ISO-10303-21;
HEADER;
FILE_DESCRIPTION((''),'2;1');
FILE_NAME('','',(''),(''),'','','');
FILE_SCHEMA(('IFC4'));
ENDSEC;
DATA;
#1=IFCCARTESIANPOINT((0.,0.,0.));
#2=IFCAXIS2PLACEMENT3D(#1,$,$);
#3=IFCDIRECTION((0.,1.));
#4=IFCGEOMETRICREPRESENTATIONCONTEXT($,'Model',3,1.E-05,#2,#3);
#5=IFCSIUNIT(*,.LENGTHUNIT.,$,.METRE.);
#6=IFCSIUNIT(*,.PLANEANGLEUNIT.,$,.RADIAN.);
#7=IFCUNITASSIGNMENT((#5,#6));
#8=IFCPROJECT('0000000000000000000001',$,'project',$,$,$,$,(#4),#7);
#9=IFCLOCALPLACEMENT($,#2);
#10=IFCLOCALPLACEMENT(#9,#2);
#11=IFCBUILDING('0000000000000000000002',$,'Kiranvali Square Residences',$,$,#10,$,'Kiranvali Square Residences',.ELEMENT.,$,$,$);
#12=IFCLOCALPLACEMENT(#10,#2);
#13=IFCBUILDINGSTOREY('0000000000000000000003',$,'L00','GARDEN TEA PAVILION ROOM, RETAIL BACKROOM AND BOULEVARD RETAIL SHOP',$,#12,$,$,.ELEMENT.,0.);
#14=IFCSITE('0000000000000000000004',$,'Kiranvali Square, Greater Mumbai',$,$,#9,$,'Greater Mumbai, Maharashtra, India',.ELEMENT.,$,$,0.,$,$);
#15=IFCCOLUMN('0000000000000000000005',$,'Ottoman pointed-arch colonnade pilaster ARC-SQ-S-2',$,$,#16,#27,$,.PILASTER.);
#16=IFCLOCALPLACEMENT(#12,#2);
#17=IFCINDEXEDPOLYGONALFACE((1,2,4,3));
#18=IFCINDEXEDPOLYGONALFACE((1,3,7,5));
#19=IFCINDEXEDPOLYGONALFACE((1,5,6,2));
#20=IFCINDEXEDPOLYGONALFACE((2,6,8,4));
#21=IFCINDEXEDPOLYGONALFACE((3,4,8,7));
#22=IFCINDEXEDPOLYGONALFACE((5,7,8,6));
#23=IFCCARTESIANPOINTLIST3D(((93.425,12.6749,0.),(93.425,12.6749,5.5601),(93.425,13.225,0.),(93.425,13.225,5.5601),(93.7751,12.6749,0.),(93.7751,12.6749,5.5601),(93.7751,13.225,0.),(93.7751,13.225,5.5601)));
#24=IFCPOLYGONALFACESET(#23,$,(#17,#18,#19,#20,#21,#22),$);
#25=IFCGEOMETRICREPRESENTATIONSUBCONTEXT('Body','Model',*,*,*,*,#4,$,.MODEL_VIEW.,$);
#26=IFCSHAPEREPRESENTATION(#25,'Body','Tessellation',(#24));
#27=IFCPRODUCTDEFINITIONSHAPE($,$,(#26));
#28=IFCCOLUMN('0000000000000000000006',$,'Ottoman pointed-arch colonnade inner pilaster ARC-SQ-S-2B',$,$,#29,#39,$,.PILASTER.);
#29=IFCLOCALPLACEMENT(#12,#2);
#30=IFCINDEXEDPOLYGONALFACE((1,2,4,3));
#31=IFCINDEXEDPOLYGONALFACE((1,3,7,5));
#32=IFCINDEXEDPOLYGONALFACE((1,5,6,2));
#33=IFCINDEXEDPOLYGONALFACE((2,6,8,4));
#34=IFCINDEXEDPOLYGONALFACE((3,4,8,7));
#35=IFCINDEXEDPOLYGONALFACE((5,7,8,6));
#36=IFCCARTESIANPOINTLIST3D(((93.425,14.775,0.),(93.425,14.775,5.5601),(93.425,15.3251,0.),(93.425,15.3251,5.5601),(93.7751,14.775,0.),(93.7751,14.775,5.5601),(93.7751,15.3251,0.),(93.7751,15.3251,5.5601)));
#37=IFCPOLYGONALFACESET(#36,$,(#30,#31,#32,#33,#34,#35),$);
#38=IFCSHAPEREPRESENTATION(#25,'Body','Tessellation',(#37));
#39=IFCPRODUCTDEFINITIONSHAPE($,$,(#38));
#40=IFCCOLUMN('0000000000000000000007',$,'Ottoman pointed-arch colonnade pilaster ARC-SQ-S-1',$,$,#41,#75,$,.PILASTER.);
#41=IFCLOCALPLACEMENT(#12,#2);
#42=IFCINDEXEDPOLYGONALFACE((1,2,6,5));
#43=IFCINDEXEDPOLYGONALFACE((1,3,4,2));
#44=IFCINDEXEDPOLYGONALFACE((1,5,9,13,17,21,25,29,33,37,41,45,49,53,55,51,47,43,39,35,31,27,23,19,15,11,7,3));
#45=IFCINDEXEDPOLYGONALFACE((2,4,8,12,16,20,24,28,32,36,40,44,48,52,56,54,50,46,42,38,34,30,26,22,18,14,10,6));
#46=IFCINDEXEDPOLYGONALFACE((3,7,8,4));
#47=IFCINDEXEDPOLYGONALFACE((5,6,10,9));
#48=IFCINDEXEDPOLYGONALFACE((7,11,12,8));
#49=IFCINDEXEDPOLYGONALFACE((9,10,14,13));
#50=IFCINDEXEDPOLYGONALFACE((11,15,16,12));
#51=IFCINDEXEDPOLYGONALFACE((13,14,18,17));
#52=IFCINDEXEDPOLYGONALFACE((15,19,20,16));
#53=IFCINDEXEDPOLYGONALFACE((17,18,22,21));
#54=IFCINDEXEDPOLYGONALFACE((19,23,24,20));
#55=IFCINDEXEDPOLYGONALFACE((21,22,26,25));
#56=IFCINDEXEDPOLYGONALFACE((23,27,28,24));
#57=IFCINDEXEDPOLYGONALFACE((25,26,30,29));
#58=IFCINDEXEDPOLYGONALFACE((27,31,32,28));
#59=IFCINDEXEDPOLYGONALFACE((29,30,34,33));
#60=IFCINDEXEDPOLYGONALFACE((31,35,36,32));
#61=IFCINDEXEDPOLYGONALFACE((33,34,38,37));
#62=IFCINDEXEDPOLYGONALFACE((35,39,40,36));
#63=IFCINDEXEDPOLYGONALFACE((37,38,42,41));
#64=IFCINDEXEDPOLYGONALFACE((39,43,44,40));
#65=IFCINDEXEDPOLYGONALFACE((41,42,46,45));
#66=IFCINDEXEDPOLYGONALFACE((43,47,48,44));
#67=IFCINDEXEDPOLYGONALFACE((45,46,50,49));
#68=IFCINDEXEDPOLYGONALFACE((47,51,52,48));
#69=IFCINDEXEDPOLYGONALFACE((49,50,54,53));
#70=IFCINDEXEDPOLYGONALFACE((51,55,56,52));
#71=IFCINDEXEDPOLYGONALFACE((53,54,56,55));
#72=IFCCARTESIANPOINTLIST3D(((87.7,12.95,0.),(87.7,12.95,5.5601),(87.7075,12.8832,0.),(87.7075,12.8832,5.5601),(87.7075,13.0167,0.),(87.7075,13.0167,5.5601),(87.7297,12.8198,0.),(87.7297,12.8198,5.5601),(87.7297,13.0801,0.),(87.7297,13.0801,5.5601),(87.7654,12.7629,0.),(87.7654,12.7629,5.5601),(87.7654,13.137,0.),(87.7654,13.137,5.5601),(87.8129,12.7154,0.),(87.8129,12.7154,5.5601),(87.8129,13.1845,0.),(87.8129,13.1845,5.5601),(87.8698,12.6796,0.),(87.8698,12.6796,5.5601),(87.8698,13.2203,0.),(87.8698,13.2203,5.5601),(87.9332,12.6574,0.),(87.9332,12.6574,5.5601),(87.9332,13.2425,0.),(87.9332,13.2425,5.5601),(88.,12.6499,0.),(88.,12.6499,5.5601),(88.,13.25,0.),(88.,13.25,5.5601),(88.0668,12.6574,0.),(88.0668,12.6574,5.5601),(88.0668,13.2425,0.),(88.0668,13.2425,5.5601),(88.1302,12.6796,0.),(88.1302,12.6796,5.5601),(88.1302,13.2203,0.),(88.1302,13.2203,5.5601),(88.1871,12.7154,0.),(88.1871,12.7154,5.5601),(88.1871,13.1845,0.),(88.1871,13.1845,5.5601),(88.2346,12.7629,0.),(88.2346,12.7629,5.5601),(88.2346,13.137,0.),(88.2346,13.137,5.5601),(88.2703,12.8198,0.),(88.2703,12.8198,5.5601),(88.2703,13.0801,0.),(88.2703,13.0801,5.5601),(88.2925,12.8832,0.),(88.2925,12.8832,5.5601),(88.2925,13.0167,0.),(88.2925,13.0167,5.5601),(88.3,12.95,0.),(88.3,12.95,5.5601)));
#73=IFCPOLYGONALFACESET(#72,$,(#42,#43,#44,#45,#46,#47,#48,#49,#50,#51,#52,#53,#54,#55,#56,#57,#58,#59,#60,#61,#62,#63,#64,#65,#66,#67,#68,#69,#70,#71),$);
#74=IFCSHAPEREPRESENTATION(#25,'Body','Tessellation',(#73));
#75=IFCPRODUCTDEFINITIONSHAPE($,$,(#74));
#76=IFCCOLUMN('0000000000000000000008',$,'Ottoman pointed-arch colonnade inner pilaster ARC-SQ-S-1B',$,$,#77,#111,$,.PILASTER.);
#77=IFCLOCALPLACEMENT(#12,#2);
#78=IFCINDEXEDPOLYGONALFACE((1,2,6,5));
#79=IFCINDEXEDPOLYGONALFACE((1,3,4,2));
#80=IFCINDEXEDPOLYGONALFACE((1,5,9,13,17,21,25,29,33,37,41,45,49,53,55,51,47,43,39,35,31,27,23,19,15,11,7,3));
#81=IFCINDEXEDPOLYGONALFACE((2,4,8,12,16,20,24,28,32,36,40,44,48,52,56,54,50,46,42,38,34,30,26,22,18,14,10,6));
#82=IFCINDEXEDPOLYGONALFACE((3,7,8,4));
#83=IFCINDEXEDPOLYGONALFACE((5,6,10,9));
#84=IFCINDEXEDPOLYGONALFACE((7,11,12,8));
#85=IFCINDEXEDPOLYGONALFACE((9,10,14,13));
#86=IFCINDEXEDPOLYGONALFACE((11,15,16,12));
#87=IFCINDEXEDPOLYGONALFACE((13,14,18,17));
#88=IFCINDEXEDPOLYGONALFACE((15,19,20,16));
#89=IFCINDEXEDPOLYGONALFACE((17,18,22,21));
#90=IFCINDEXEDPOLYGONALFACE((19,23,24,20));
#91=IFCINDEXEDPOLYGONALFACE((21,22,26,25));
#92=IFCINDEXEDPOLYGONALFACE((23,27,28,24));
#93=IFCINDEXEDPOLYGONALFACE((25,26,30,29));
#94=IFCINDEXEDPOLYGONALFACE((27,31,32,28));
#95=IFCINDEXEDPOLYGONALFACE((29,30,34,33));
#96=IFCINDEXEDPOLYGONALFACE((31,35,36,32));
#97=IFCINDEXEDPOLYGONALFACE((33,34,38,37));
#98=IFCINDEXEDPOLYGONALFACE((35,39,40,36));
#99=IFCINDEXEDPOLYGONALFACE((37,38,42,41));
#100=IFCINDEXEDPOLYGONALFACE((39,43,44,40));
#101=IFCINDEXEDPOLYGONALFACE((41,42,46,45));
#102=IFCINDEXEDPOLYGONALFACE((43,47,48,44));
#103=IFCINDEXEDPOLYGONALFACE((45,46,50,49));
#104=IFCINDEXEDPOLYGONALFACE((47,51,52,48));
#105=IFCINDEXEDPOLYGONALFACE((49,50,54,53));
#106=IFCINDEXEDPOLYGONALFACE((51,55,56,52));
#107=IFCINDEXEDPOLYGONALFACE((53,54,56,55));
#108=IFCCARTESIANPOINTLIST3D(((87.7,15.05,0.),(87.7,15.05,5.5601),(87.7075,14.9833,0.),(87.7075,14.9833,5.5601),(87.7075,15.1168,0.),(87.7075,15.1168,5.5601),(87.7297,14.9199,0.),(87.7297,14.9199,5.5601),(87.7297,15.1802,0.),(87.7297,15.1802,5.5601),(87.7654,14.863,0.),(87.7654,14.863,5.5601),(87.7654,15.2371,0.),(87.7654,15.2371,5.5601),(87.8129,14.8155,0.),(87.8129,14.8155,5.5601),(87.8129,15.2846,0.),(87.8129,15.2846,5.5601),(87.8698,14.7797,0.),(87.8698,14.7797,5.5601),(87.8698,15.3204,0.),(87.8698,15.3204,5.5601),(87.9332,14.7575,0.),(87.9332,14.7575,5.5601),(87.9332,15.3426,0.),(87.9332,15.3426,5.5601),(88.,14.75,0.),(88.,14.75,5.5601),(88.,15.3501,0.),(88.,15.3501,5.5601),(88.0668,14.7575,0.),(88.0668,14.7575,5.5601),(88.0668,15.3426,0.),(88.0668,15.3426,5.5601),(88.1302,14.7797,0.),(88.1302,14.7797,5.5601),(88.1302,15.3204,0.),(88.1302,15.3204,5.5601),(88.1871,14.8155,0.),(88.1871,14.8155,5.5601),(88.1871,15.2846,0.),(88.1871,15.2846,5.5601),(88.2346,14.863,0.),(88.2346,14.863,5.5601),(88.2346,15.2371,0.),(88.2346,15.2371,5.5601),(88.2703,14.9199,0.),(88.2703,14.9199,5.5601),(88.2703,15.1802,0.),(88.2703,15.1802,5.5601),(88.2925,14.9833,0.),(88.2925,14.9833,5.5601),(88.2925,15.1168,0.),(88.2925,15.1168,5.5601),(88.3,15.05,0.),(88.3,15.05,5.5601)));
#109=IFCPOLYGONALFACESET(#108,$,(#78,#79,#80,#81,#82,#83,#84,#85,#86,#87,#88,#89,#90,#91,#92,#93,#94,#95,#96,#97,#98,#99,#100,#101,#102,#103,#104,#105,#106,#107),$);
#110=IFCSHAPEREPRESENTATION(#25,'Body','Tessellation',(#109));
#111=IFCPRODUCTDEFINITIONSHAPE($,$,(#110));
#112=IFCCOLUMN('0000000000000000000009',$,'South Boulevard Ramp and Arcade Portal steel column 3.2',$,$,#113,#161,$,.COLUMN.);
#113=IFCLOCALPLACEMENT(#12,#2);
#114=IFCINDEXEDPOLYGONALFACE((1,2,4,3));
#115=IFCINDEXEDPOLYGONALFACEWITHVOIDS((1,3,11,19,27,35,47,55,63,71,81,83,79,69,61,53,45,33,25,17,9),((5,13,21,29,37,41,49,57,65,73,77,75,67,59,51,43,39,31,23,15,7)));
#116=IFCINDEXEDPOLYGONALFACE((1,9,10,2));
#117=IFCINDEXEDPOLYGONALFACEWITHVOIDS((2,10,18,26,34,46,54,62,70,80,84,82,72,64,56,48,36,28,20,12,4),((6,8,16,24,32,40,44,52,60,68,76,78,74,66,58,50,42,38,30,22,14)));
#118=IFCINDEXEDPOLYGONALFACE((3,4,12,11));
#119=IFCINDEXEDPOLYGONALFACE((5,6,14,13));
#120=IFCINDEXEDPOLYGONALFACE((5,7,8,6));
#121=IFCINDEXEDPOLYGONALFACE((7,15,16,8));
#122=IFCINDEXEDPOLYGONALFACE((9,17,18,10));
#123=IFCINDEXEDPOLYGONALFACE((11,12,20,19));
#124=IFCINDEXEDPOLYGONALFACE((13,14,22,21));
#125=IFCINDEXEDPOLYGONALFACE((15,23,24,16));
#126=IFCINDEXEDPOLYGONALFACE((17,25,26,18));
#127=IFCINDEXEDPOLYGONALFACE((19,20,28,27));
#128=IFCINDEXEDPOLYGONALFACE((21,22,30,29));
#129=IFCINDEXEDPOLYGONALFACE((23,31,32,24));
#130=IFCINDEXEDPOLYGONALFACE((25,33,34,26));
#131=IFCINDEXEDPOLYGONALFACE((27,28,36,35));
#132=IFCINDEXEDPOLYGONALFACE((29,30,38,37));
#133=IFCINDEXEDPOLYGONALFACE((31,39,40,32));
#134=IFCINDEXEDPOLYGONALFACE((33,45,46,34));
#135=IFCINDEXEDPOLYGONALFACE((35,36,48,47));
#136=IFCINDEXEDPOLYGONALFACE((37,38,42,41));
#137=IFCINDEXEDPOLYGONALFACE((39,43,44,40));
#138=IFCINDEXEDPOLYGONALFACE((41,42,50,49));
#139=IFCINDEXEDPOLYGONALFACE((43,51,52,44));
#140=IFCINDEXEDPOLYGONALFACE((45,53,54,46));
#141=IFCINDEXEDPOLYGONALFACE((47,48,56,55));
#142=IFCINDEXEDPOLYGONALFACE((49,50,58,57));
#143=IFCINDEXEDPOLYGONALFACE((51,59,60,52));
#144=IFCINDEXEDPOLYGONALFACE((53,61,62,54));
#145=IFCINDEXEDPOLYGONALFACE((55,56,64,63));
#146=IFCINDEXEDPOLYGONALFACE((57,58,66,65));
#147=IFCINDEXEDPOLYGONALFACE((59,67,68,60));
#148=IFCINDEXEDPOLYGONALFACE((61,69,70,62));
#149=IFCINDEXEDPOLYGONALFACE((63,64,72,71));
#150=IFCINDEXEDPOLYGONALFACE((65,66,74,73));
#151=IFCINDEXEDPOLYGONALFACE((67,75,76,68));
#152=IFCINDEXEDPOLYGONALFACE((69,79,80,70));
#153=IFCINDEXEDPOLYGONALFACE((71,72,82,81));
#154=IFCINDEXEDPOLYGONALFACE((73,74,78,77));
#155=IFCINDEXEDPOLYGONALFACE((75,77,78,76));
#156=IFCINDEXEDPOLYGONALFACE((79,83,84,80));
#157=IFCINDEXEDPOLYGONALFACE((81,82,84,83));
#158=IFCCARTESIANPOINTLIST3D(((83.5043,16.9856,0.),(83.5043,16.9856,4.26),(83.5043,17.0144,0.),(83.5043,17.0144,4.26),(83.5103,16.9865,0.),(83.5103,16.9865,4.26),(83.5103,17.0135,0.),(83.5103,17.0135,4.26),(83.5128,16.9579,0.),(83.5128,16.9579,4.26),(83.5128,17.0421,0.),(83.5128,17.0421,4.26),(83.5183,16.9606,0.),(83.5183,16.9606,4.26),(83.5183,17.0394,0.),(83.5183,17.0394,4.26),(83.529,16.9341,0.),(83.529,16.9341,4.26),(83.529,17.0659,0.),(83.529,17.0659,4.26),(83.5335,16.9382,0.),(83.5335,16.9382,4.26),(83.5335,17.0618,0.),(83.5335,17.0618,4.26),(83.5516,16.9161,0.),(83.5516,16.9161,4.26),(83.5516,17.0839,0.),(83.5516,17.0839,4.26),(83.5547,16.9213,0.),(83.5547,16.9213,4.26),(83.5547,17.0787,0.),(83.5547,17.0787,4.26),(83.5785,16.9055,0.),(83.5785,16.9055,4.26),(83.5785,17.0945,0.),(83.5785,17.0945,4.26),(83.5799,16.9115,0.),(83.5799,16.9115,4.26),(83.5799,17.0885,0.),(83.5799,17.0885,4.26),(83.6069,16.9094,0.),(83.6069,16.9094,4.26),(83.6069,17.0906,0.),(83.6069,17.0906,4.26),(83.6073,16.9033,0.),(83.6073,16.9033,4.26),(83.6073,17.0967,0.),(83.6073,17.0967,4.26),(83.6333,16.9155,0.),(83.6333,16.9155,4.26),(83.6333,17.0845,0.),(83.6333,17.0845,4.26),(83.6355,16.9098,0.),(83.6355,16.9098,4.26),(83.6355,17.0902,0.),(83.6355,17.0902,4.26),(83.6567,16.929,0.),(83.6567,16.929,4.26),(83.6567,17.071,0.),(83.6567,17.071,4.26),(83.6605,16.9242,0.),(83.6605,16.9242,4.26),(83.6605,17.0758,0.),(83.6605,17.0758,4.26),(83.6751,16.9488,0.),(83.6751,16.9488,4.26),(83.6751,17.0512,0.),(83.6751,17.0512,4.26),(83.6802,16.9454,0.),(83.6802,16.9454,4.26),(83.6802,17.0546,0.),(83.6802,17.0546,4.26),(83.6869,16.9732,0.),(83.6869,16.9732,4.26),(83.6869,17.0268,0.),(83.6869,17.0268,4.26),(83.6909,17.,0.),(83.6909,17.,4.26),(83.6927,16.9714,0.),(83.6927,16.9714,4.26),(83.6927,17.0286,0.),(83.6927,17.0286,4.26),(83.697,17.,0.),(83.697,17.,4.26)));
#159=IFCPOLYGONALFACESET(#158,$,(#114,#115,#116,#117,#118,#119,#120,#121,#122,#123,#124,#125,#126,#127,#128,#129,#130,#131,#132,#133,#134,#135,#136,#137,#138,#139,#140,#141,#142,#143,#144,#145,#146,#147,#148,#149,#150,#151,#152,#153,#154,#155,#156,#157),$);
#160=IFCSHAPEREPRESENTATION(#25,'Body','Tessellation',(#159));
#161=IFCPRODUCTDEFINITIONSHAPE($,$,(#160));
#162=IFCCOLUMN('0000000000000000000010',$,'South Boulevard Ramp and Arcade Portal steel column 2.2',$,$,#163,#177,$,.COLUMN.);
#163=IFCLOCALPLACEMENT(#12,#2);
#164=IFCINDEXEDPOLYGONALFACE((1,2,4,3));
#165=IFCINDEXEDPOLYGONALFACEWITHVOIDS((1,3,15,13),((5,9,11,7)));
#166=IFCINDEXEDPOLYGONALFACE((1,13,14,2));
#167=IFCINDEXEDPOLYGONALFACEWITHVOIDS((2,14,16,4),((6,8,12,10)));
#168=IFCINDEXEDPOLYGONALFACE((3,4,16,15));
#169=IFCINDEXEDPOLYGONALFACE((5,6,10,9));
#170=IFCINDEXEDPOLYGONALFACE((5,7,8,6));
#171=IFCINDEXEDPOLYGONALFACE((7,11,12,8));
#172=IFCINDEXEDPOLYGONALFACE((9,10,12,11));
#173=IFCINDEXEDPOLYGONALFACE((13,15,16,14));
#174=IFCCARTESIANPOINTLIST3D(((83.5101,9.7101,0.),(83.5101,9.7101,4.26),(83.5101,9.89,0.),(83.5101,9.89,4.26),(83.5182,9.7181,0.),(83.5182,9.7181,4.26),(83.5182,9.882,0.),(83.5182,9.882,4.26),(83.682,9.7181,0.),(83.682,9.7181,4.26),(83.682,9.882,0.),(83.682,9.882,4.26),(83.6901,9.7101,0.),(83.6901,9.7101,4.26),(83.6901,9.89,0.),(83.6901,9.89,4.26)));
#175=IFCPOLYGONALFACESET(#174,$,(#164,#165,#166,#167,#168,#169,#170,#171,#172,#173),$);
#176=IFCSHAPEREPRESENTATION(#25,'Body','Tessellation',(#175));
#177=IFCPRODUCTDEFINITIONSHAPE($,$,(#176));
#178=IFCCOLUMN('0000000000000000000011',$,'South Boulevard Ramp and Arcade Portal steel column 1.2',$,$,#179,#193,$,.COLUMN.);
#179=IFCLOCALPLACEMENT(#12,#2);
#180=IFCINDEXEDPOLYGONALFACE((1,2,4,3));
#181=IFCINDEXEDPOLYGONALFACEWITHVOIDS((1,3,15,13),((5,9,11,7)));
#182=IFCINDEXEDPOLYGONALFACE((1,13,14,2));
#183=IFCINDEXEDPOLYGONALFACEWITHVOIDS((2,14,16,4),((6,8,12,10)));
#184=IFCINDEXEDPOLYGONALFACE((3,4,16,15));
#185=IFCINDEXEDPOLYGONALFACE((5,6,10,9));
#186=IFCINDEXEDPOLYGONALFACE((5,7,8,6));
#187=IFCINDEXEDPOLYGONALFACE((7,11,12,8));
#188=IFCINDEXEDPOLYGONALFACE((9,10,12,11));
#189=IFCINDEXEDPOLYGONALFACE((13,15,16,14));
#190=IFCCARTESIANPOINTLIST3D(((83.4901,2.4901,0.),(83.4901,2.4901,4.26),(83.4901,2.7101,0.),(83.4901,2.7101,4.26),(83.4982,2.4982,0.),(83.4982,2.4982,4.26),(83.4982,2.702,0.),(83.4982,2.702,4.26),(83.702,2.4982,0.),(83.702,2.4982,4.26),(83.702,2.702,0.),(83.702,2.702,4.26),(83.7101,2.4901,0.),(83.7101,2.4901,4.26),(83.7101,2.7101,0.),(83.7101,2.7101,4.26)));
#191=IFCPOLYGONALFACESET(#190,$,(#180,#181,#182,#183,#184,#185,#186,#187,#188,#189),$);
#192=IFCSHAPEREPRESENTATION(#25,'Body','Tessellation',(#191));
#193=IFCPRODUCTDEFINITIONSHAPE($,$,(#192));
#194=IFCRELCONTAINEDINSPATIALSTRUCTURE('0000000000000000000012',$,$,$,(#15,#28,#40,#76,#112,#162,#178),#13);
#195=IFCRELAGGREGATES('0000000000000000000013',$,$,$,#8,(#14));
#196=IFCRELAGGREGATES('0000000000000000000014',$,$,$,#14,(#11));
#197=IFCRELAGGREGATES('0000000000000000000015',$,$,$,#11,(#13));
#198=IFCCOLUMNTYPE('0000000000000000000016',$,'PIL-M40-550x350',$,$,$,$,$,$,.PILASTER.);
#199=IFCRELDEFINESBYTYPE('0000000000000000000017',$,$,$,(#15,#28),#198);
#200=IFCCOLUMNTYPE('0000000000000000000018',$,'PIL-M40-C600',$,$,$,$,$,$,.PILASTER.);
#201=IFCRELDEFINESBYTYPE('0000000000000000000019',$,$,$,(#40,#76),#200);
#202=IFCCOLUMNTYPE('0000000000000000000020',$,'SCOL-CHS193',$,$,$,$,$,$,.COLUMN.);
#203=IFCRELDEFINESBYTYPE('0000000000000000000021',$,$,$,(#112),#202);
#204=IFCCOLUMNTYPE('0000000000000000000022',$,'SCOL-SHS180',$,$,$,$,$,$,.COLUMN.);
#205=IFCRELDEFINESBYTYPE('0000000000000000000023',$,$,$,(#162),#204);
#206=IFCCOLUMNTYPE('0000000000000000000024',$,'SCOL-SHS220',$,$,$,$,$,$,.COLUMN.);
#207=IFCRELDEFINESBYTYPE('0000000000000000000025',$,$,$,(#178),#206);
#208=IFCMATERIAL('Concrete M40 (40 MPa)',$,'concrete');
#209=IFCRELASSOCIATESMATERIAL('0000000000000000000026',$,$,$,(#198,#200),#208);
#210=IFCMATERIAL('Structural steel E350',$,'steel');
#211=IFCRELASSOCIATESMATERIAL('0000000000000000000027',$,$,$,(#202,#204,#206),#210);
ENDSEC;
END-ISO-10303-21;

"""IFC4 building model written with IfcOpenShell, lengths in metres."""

from ifc_helpers import new_model, si_unit, direction, frame, origin, origin_2d, place, context, subcontext, project, spatial, rectangle, hollow_rectangle, circle, hollow_circle, extrude, material, material_profile, profile_set, type_object, element, save


model = new_model("IFC4")

# Units and contexts
model_context = context("Model", 3, precision=1e-05, world=origin(), true_north=direction((0.0, 1.0)))
body_context = subcontext(model_context, "Body", "Model", "MODEL_VIEW")
ifc_project = project(units=[si_unit("LENGTHUNIT", "METRE"), si_unit("PLANEANGLEUNIT", "RADIAN")], contexts=[model_context])

# Site, building, storey
site_placement = place(None, origin())
site = spatial("IfcSite", under=ifc_project, at=site_placement, Name="Kiranvali Square, Greater Mumbai", LongName="Greater Mumbai, Maharashtra, India", CompositionType="ELEMENT", RefElevation=0.0)
building_placement = place(site_placement, origin())
building = spatial("IfcBuilding", under=site, at=building_placement, Name="Kiranvali Square Residences", LongName="Kiranvali Square Residences", CompositionType="ELEMENT")
storey_placement = place(building_placement, origin())
storey = spatial("IfcBuildingStorey", under=building, at=storey_placement, Name="L00", Description="GARDEN TEA PAVILION ROOM, RETAIL BACKROOM AND BOULEVARD RETAIL SHOP", CompositionType="ELEMENT", Elevation=0.0)

# Columns
ifc_material_1 = material(Name="Concrete M40 (40 MPa)", Category="concrete")
ifc_material_profile_1 = material_profile(ifc_material_1, rectangle(XDim=0.3501, YDim=0.55, at=origin_2d()), Name="RC 550x350")
ifc_profile_set_1 = profile_set([ifc_material_profile_1], Name="Concrete M40 (40 MPa)")
column_type_1 = type_object("IfcColumnType", Name="PIL-M40-550x350", PredefinedType="PILASTER", material=ifc_profile_set_1)
for number, where, z_axis, x_axis, name in (
    (1, (93.6001, 12.95, 0.0), (0.0, 0.0, 1.0), (1.0, 0.0, 0.0), "Ottoman pointed-arch colonnade pilaster ARC-SQ-S-2"),
    (2, (93.6001, 15.05, 0.0), (0.0, 0.0, 1.0), (1.0, 0.0, 0.0), "Ottoman pointed-arch colonnade inner pilaster ARC-SQ-S-2B"),
):
    element("IfcColumn", number, at=place(storey_placement, frame(where, z_axis=z_axis, x_axis=x_axis)), inside=storey, type_object=column_type_1, Name=name, PredefinedType="PILASTER", context=body_context, shape_type="SweptSolid", body=[
        extrude(rectangle(XDim=0.3501, YDim=0.55, at=origin_2d()), origin(), (0.0, 0.0, 1.0), 5.5601),
    ])
ifc_material_profile_2 = material_profile(ifc_material_1, circle(Radius=0.3, at=origin_2d()), Name="RC-CIRC 600")
ifc_profile_set_2 = profile_set([ifc_material_profile_2], Name="Concrete M40 (40 MPa)")
column_type_2 = type_object("IfcColumnType", Name="PIL-M40-C600", PredefinedType="PILASTER", material=ifc_profile_set_2)
for number, where, z_axis, x_axis, name in (
    (3, (88.0, 12.95, 0.0), (0.0, 0.0, 1.0), (1.0, 0.0, 0.0), "Ottoman pointed-arch colonnade pilaster ARC-SQ-S-1"),
    (4, (88.0, 15.05, 0.0), (0.0, 0.0, 1.0), (1.0, 0.0, 0.0), "Ottoman pointed-arch colonnade inner pilaster ARC-SQ-S-1B"),
):
    element("IfcColumn", number, at=place(storey_placement, frame(where, z_axis=z_axis, x_axis=x_axis)), inside=storey, type_object=column_type_2, Name=name, PredefinedType="PILASTER", context=body_context, shape_type="SweptSolid", body=[
        extrude(circle(Radius=0.3, at=origin_2d()), origin(), (0.0, 0.0, 1.0), 5.5601),
    ])
ifc_material_2 = material(Name="Structural steel E350", Category="steel")
ifc_material_profile_3 = material_profile(ifc_material_2, hollow_circle(Radius=0.0969, WallThickness=0.0061, at=origin_2d()), Name="CHS 193.7x6.0")
ifc_profile_set_3 = profile_set([ifc_material_profile_3], Name="Structural steel E350")
column_type_3 = type_object("IfcColumnType", Name="SCOL-CHS193", PredefinedType="COLUMN", material=ifc_profile_set_3)
column_1_placement = place(storey_placement, frame((83.6001, 17.0, 0.0), z_axis=(0.0, 0.0, 1.0), x_axis=(1.0, 0.0, 0.0)))
element("IfcColumn", 5, at=column_1_placement, inside=storey, type_object=column_type_3, Name="South Boulevard Ramp and Arcade Portal steel column 3.2", PredefinedType="COLUMN", context=body_context, shape_type="SweptSolid", body=[
    extrude(hollow_circle(Radius=0.0969, WallThickness=0.0061, at=origin_2d()), origin(), (0.0, 0.0, 1.0), 4.26),
])
ifc_material_profile_4 = material_profile(ifc_material_2, hollow_rectangle(XDim=0.1799, YDim=0.1799, WallThickness=0.0081, at=origin_2d()), Name="SHS 180x180x8.0")
ifc_profile_set_4 = profile_set([ifc_material_profile_4], Name="Structural steel E350")
column_type_4 = type_object("IfcColumnType", Name="SCOL-SHS180", PredefinedType="COLUMN", material=ifc_profile_set_4)
column_2_placement = place(storey_placement, frame((83.6001, 9.8, 0.0), z_axis=(0.0, 0.0, 1.0), x_axis=(1.0, 0.0, 0.0)))
element("IfcColumn", 6, at=column_2_placement, inside=storey, type_object=column_type_4, Name="South Boulevard Ramp and Arcade Portal steel column 2.2", PredefinedType="COLUMN", context=body_context, shape_type="SweptSolid", body=[
    extrude(hollow_rectangle(XDim=0.1799, YDim=0.1799, WallThickness=0.0081, at=origin_2d()), origin(), (0.0, 0.0, 1.0), 4.26),
])
ifc_material_profile_5 = material_profile(ifc_material_2, hollow_rectangle(XDim=0.22, YDim=0.22, WallThickness=0.0081, at=origin_2d()), Name="SHS 220x220x8.0")
ifc_profile_set_5 = profile_set([ifc_material_profile_5], Name="Structural steel E350")
column_type_5 = type_object("IfcColumnType", Name="SCOL-SHS220", PredefinedType="COLUMN", material=ifc_profile_set_5)
column_3_placement = place(storey_placement, frame((83.6001, 2.6001, 0.0), z_axis=(0.0, 0.0, 1.0), x_axis=(1.0, 0.0, 0.0)))
element("IfcColumn", 7, at=column_3_placement, inside=storey, type_object=column_type_5, Name="South Boulevard Ramp and Arcade Portal steel column 1.2", PredefinedType="COLUMN", context=body_context, shape_type="SweptSolid", body=[
    extrude(hollow_rectangle(XDim=0.22, YDim=0.22, WallThickness=0.0081, at=origin_2d()), origin(), (0.0, 0.0, 1.0), 4.26),
])

save(model, "model.ifc")
